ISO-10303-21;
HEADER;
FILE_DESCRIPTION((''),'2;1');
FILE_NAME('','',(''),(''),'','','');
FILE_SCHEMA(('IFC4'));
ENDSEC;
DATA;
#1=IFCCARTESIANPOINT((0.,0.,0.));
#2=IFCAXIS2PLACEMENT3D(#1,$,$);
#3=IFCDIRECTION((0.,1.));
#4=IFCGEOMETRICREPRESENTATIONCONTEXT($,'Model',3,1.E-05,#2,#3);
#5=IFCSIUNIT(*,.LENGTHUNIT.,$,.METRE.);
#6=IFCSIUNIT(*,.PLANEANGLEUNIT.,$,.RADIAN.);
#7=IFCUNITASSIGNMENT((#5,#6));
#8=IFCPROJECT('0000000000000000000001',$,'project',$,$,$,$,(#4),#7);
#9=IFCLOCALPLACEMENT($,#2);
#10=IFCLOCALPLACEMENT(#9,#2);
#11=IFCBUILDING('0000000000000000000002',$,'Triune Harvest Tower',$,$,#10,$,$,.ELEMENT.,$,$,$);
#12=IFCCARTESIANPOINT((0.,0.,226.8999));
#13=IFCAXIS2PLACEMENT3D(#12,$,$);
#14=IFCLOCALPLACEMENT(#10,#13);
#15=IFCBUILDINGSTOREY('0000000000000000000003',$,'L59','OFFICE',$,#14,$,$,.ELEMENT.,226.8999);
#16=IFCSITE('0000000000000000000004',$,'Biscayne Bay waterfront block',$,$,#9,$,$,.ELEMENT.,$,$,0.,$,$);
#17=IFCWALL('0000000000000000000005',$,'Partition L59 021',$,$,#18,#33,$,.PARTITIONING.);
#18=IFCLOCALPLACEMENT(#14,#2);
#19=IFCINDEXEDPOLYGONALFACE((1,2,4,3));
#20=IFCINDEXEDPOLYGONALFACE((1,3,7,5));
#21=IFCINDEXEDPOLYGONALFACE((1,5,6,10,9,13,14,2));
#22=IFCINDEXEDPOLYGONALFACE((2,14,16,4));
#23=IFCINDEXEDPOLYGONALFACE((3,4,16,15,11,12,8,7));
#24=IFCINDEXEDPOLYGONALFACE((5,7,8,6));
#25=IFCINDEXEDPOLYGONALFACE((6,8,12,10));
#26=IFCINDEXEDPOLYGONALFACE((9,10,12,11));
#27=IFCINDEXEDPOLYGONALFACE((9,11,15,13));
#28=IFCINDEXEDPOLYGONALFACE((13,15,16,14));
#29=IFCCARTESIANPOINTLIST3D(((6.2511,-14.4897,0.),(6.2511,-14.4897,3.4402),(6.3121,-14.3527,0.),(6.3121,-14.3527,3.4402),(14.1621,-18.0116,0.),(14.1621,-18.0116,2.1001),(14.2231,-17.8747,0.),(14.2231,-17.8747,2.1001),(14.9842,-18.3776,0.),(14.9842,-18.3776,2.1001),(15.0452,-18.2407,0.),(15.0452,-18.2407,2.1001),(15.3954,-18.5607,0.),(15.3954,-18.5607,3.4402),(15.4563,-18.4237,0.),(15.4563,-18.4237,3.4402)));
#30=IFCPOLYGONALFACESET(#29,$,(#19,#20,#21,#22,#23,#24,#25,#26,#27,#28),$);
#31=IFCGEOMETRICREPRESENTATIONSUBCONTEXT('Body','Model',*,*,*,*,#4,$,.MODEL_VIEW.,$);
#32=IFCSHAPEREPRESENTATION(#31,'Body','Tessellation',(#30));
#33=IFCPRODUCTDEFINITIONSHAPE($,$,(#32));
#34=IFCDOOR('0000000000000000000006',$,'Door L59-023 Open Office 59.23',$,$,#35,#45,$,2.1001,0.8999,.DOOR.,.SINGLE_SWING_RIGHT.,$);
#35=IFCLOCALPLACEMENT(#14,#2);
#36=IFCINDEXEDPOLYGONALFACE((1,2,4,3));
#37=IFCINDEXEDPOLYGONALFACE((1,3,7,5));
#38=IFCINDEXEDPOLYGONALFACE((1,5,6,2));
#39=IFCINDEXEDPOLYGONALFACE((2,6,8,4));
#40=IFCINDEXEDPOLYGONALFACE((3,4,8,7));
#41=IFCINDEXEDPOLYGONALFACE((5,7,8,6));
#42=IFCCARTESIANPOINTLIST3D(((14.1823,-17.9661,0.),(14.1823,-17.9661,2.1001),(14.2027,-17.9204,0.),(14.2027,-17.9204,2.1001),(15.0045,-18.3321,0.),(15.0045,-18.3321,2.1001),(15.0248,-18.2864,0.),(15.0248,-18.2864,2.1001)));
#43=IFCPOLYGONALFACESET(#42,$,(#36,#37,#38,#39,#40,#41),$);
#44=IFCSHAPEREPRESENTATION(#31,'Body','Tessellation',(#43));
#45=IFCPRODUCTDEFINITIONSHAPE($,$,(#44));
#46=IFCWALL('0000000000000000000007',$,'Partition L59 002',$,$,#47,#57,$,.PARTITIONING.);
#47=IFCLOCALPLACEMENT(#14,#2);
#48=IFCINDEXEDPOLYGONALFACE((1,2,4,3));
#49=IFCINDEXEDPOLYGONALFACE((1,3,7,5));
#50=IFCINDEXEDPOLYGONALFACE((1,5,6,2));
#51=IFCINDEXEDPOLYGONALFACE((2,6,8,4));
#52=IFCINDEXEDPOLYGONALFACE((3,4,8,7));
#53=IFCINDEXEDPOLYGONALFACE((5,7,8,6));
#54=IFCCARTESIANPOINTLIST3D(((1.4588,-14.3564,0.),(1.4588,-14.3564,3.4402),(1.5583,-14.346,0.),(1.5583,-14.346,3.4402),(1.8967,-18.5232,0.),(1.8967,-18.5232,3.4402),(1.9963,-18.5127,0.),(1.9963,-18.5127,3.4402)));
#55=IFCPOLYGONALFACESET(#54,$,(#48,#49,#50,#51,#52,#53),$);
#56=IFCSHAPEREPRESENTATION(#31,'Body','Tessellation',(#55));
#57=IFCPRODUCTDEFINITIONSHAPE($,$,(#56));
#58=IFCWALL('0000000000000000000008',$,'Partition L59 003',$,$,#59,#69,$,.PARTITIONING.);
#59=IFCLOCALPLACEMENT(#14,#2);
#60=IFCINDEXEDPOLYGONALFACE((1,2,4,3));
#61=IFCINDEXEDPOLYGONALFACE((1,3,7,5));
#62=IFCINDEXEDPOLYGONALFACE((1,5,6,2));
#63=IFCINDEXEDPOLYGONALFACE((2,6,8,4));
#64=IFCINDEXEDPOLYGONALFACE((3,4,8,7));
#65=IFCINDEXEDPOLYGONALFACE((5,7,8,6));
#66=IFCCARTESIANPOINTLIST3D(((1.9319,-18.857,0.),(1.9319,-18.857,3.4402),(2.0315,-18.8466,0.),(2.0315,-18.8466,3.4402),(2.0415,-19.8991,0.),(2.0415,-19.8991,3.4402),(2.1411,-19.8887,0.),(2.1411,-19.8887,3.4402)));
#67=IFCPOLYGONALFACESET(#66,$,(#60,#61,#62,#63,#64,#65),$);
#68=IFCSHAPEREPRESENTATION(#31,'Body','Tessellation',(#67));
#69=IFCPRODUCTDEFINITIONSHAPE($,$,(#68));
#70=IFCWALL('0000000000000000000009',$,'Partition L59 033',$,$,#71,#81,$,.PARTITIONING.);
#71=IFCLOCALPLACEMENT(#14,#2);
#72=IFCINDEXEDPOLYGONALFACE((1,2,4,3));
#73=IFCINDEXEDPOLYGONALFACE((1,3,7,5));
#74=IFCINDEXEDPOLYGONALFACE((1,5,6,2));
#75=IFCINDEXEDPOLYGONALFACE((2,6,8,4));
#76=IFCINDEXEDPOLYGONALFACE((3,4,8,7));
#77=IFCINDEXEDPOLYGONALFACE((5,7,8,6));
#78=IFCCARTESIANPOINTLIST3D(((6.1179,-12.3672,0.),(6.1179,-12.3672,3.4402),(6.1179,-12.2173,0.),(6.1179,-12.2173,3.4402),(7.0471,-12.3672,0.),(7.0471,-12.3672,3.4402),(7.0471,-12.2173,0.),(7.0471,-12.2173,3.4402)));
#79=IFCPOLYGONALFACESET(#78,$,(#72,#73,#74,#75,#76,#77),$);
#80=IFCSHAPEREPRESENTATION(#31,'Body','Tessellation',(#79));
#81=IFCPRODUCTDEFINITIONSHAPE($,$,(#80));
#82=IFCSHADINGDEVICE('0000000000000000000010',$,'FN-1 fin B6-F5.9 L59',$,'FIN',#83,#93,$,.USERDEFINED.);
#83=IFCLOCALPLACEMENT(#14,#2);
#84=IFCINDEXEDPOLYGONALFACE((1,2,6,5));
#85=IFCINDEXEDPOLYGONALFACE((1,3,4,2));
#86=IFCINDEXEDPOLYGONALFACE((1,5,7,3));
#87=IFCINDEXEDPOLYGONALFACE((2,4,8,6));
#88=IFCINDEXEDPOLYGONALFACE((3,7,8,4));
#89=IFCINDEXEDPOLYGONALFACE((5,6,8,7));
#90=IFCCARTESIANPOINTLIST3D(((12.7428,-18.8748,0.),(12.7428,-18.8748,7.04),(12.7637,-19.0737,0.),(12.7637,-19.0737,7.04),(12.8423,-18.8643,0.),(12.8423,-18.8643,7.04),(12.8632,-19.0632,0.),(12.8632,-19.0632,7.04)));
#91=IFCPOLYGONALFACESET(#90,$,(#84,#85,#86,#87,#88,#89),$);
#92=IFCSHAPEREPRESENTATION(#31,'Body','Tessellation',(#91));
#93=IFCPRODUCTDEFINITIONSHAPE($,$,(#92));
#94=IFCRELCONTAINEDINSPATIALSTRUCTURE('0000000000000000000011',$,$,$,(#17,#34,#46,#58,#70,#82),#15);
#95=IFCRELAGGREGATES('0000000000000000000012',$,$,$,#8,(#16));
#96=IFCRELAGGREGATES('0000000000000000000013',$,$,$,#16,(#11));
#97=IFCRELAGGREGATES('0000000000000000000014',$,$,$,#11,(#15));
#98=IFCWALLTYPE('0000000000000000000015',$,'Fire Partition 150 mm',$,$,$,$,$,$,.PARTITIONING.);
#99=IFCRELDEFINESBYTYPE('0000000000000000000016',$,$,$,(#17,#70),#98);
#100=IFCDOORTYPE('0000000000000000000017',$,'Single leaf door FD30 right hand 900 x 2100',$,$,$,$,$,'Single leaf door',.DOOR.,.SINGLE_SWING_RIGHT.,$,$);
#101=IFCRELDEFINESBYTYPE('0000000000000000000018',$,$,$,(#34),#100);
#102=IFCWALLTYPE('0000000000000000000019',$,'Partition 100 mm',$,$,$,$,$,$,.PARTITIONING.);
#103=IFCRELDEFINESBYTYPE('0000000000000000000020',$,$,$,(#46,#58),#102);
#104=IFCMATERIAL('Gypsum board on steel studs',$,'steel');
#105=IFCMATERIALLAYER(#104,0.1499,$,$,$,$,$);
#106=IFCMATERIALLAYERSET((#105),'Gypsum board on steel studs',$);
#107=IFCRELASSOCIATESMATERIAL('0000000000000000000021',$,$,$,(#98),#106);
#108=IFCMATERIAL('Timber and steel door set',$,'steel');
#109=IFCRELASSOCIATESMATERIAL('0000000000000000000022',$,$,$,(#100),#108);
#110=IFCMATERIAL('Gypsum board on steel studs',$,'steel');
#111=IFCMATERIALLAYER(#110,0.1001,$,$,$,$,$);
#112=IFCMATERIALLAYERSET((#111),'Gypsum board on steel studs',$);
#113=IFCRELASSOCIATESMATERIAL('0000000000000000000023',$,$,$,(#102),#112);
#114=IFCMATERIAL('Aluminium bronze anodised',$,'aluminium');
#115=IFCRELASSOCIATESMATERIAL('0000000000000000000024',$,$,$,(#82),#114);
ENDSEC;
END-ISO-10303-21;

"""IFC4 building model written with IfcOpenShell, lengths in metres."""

from ifc_helpers import new_model, si_unit, direction, frame, frame_2d, origin, origin_2d, place, context, subcontext, project, spatial, rectangle, extrude, source, transform, mapped, material, layer, layer_set, type_object, element, fill, save


model = new_model("IFC4")

# Units and contexts
model_context = context("Model", 3, precision=1e-05, world=origin(), true_north=direction((0.0, 1.0)))
body_context = subcontext(model_context, "Body", "Model", "MODEL_VIEW")
ifc_project = project(units=[si_unit("LENGTHUNIT", "METRE"), si_unit("PLANEANGLEUNIT", "RADIAN")], contexts=[model_context])

# Site, building, storey
site_placement = place(None, origin())
site = spatial("IfcSite", under=ifc_project, at=site_placement, Name="Biscayne Bay waterfront block", CompositionType="ELEMENT", RefElevation=0.0)
building_placement = place(site_placement, origin())
building = spatial("IfcBuilding", under=site, at=building_placement, Name="Triune Harvest Tower", CompositionType="ELEMENT")
storey_placement = place(building_placement, frame((0.0, 0.0, 226.8999)))
storey = spatial("IfcBuildingStorey", under=building, at=storey_placement, Name="L59", Description="OFFICE", CompositionType="ELEMENT", Elevation=226.8999)

# Shared definitions
ifc_material_1 = material(Name="Gypsum board on steel studs", Category="steel")
ifc_layer_1 = layer(ifc_material_1, 0.1499)
ifc_layer_set_1 = layer_set([ifc_layer_1], Name="Gypsum board on steel studs")
wall_type_1 = type_object("IfcWallType", Name="Fire Partition 150 mm", PredefinedType="PARTITIONING", material=ifc_layer_set_1)

# Wall, opening, door
wall_1_placement = place(storey_placement, frame((6.2815, -14.4211, 0.0), z_axis=(0.0, 0.0, 1.0), x_axis=(0.913555, -0.406715, 0.0)))
wall_1 = element("IfcWall", 1, at=wall_1_placement, inside=storey, type_object=wall_type_1, Name="Partition L59 021", PredefinedType="PARTITIONING", context=body_context, shape_type="SweptSolid", body=[
    extrude(rectangle(XDim=10.0095, YDim=0.1499, at=frame_2d((5.0049, 0.0))), origin(), (0.0, 0.0, 1.0), 3.4402),
])
opening_1_placement = place(wall_1_placement, frame((8.6597, 0.0, 0.0)))
opening_1 = element("IfcOpeningElement", 2, at=opening_1_placement, cuts=wall_1, PredefinedType="OPENING", context=body_context, shape_type="SweptSolid", body=[
    extrude(rectangle(XDim=0.8999, YDim=2.1001, at=frame_2d((0.45, 1.05))), frame((0.0, 0.085, 0.0), z_axis=(0.0, -1.0, 0.0), x_axis=(1.0, 0.0, 0.0)), (0.0, 0.0, 1.0), 0.1699),
])
ifc_material_2 = material(Name="Timber and steel door set", Category="steel")
door_type_1 = type_object("IfcDoorType", Name="Single leaf door FD30 right hand 900 x 2100", ElementType="Single leaf door", OperationType="SINGLE_SWING_RIGHT", PredefinedType="DOOR", material=ifc_material_2)
door_1_placement = place(opening_1_placement, origin())
door_1 = element("IfcDoor", 3, at=door_1_placement, inside=storey, type_object=door_type_1, Name="Door L59-023 Open Office 59.23", OperationType="SINGLE_SWING_RIGHT", OverallHeight=2.1001, OverallWidth=0.8999, PredefinedType="DOOR", context=body_context, shape_type="SweptSolid", body=[
    extrude(rectangle(XDim=0.8999, YDim=2.1001, at=frame_2d((0.45, 1.05))), frame((0.0, 0.0249, 0.0), z_axis=(0.0, -1.0, 0.0), x_axis=(1.0, 0.0, 0.0)), (0.0, 0.0, 1.0), 0.05),
])
fill(opening_1, door_1)

# Walls
ifc_material_3 = material(Name="Gypsum board on steel studs", Category="steel")
ifc_layer_2 = layer(ifc_material_3, 0.1001)
ifc_layer_set_2 = layer_set([ifc_layer_2], Name="Gypsum board on steel studs")
wall_type_2 = type_object("IfcWallType", Name="Partition 100 mm", PredefinedType="PARTITIONING", material=ifc_layer_set_2)
shared_shape_1 = source(origin(), body_context, "Body", "SweptSolid", [
    extrude(rectangle(XDim=4.1897, YDim=0.1001, at=frame_2d((2.0947, 0.0))), origin(), (0.0, 0.0, 1.0), 3.4402),
])
wall_2_placement = place(storey_placement, frame((1.5085, -14.3513, 0.0), z_axis=(0.0, 0.0, 1.0), x_axis=(0.104539, -0.994521, 0.0)))
element("IfcWall", 4, at=wall_2_placement, inside=storey, type_object=wall_type_2, Name="Partition L59 002", PredefinedType="PARTITIONING", context=body_context, shape_type="MappedRepresentation", body=[
    mapped(shared_shape_1, transform((0.0, 0.0, 0.0), scale=1.0)),
])
shared_shape_2 = source(origin(), body_context, "Body", "SweptSolid", [
    extrude(rectangle(XDim=1.0479, YDim=0.1001, at=frame_2d((0.5239, 0.0))), origin(), (0.0, 0.0, 1.0), 3.4402),
])
wall_3_placement = place(storey_placement, frame((1.9817, -18.8518, 0.0), z_axis=(0.0, 0.0, 1.0), x_axis=(0.104624, -0.994512, 0.0)))
element("IfcWall", 5, at=wall_3_placement, inside=storey, type_object=wall_type_2, Name="Partition L59 003", PredefinedType="PARTITIONING", context=body_context, shape_type="MappedRepresentation", body=[
    mapped(shared_shape_2, transform((0.0, 0.0, 0.0), scale=1.0)),
])
shared_shape_3 = source(origin(), body_context, "Body", "SweptSolid", [
    extrude(rectangle(XDim=0.9292, YDim=0.1499, at=frame_2d((0.4646, 0.0))), origin(), (0.0, 0.0, 1.0), 3.4402),
])
wall_4_placement = place(storey_placement, frame((6.1179, -12.2922, 0.0), z_axis=(0.0, 0.0, 1.0), x_axis=(1.0, 0.0, 0.0)))
element("IfcWall", 6, at=wall_4_placement, inside=storey, type_object=wall_type_1, Name="Partition L59 033", PredefinedType="PARTITIONING", context=body_context, shape_type="MappedRepresentation", body=[
    mapped(shared_shape_3, transform((0.0, 0.0, 0.0), scale=1.0)),
])

# Shading device
ifc_material_4 = material(Name="Aluminium bronze anodised", Category="aluminium")
shared_shape_4 = source(origin(), body_context, "Body", "SweptSolid", [
    extrude(rectangle(XDim=0.1001, YDim=0.2, at=origin_2d()), origin(), (0.0, 0.0, 1.0), 7.04),
])
shading_device_placement = place(storey_placement, frame((12.803, -18.969, 0.0), z_axis=(0.0, 0.0, 1.0), x_axis=(0.994522, 0.10453, 0.0)))
element("IfcShadingDevice", 7, at=shading_device_placement, inside=storey, material=ifc_material_4, Name="FN-1 fin B6-F5.9 L59", ObjectType="FIN", PredefinedType="USERDEFINED", context=body_context, shape_type="MappedRepresentation", body=[
    mapped(shared_shape_4, transform((0.0, 0.0, 0.0), scale=1.0)),
])

save(model, "model.ifc")
